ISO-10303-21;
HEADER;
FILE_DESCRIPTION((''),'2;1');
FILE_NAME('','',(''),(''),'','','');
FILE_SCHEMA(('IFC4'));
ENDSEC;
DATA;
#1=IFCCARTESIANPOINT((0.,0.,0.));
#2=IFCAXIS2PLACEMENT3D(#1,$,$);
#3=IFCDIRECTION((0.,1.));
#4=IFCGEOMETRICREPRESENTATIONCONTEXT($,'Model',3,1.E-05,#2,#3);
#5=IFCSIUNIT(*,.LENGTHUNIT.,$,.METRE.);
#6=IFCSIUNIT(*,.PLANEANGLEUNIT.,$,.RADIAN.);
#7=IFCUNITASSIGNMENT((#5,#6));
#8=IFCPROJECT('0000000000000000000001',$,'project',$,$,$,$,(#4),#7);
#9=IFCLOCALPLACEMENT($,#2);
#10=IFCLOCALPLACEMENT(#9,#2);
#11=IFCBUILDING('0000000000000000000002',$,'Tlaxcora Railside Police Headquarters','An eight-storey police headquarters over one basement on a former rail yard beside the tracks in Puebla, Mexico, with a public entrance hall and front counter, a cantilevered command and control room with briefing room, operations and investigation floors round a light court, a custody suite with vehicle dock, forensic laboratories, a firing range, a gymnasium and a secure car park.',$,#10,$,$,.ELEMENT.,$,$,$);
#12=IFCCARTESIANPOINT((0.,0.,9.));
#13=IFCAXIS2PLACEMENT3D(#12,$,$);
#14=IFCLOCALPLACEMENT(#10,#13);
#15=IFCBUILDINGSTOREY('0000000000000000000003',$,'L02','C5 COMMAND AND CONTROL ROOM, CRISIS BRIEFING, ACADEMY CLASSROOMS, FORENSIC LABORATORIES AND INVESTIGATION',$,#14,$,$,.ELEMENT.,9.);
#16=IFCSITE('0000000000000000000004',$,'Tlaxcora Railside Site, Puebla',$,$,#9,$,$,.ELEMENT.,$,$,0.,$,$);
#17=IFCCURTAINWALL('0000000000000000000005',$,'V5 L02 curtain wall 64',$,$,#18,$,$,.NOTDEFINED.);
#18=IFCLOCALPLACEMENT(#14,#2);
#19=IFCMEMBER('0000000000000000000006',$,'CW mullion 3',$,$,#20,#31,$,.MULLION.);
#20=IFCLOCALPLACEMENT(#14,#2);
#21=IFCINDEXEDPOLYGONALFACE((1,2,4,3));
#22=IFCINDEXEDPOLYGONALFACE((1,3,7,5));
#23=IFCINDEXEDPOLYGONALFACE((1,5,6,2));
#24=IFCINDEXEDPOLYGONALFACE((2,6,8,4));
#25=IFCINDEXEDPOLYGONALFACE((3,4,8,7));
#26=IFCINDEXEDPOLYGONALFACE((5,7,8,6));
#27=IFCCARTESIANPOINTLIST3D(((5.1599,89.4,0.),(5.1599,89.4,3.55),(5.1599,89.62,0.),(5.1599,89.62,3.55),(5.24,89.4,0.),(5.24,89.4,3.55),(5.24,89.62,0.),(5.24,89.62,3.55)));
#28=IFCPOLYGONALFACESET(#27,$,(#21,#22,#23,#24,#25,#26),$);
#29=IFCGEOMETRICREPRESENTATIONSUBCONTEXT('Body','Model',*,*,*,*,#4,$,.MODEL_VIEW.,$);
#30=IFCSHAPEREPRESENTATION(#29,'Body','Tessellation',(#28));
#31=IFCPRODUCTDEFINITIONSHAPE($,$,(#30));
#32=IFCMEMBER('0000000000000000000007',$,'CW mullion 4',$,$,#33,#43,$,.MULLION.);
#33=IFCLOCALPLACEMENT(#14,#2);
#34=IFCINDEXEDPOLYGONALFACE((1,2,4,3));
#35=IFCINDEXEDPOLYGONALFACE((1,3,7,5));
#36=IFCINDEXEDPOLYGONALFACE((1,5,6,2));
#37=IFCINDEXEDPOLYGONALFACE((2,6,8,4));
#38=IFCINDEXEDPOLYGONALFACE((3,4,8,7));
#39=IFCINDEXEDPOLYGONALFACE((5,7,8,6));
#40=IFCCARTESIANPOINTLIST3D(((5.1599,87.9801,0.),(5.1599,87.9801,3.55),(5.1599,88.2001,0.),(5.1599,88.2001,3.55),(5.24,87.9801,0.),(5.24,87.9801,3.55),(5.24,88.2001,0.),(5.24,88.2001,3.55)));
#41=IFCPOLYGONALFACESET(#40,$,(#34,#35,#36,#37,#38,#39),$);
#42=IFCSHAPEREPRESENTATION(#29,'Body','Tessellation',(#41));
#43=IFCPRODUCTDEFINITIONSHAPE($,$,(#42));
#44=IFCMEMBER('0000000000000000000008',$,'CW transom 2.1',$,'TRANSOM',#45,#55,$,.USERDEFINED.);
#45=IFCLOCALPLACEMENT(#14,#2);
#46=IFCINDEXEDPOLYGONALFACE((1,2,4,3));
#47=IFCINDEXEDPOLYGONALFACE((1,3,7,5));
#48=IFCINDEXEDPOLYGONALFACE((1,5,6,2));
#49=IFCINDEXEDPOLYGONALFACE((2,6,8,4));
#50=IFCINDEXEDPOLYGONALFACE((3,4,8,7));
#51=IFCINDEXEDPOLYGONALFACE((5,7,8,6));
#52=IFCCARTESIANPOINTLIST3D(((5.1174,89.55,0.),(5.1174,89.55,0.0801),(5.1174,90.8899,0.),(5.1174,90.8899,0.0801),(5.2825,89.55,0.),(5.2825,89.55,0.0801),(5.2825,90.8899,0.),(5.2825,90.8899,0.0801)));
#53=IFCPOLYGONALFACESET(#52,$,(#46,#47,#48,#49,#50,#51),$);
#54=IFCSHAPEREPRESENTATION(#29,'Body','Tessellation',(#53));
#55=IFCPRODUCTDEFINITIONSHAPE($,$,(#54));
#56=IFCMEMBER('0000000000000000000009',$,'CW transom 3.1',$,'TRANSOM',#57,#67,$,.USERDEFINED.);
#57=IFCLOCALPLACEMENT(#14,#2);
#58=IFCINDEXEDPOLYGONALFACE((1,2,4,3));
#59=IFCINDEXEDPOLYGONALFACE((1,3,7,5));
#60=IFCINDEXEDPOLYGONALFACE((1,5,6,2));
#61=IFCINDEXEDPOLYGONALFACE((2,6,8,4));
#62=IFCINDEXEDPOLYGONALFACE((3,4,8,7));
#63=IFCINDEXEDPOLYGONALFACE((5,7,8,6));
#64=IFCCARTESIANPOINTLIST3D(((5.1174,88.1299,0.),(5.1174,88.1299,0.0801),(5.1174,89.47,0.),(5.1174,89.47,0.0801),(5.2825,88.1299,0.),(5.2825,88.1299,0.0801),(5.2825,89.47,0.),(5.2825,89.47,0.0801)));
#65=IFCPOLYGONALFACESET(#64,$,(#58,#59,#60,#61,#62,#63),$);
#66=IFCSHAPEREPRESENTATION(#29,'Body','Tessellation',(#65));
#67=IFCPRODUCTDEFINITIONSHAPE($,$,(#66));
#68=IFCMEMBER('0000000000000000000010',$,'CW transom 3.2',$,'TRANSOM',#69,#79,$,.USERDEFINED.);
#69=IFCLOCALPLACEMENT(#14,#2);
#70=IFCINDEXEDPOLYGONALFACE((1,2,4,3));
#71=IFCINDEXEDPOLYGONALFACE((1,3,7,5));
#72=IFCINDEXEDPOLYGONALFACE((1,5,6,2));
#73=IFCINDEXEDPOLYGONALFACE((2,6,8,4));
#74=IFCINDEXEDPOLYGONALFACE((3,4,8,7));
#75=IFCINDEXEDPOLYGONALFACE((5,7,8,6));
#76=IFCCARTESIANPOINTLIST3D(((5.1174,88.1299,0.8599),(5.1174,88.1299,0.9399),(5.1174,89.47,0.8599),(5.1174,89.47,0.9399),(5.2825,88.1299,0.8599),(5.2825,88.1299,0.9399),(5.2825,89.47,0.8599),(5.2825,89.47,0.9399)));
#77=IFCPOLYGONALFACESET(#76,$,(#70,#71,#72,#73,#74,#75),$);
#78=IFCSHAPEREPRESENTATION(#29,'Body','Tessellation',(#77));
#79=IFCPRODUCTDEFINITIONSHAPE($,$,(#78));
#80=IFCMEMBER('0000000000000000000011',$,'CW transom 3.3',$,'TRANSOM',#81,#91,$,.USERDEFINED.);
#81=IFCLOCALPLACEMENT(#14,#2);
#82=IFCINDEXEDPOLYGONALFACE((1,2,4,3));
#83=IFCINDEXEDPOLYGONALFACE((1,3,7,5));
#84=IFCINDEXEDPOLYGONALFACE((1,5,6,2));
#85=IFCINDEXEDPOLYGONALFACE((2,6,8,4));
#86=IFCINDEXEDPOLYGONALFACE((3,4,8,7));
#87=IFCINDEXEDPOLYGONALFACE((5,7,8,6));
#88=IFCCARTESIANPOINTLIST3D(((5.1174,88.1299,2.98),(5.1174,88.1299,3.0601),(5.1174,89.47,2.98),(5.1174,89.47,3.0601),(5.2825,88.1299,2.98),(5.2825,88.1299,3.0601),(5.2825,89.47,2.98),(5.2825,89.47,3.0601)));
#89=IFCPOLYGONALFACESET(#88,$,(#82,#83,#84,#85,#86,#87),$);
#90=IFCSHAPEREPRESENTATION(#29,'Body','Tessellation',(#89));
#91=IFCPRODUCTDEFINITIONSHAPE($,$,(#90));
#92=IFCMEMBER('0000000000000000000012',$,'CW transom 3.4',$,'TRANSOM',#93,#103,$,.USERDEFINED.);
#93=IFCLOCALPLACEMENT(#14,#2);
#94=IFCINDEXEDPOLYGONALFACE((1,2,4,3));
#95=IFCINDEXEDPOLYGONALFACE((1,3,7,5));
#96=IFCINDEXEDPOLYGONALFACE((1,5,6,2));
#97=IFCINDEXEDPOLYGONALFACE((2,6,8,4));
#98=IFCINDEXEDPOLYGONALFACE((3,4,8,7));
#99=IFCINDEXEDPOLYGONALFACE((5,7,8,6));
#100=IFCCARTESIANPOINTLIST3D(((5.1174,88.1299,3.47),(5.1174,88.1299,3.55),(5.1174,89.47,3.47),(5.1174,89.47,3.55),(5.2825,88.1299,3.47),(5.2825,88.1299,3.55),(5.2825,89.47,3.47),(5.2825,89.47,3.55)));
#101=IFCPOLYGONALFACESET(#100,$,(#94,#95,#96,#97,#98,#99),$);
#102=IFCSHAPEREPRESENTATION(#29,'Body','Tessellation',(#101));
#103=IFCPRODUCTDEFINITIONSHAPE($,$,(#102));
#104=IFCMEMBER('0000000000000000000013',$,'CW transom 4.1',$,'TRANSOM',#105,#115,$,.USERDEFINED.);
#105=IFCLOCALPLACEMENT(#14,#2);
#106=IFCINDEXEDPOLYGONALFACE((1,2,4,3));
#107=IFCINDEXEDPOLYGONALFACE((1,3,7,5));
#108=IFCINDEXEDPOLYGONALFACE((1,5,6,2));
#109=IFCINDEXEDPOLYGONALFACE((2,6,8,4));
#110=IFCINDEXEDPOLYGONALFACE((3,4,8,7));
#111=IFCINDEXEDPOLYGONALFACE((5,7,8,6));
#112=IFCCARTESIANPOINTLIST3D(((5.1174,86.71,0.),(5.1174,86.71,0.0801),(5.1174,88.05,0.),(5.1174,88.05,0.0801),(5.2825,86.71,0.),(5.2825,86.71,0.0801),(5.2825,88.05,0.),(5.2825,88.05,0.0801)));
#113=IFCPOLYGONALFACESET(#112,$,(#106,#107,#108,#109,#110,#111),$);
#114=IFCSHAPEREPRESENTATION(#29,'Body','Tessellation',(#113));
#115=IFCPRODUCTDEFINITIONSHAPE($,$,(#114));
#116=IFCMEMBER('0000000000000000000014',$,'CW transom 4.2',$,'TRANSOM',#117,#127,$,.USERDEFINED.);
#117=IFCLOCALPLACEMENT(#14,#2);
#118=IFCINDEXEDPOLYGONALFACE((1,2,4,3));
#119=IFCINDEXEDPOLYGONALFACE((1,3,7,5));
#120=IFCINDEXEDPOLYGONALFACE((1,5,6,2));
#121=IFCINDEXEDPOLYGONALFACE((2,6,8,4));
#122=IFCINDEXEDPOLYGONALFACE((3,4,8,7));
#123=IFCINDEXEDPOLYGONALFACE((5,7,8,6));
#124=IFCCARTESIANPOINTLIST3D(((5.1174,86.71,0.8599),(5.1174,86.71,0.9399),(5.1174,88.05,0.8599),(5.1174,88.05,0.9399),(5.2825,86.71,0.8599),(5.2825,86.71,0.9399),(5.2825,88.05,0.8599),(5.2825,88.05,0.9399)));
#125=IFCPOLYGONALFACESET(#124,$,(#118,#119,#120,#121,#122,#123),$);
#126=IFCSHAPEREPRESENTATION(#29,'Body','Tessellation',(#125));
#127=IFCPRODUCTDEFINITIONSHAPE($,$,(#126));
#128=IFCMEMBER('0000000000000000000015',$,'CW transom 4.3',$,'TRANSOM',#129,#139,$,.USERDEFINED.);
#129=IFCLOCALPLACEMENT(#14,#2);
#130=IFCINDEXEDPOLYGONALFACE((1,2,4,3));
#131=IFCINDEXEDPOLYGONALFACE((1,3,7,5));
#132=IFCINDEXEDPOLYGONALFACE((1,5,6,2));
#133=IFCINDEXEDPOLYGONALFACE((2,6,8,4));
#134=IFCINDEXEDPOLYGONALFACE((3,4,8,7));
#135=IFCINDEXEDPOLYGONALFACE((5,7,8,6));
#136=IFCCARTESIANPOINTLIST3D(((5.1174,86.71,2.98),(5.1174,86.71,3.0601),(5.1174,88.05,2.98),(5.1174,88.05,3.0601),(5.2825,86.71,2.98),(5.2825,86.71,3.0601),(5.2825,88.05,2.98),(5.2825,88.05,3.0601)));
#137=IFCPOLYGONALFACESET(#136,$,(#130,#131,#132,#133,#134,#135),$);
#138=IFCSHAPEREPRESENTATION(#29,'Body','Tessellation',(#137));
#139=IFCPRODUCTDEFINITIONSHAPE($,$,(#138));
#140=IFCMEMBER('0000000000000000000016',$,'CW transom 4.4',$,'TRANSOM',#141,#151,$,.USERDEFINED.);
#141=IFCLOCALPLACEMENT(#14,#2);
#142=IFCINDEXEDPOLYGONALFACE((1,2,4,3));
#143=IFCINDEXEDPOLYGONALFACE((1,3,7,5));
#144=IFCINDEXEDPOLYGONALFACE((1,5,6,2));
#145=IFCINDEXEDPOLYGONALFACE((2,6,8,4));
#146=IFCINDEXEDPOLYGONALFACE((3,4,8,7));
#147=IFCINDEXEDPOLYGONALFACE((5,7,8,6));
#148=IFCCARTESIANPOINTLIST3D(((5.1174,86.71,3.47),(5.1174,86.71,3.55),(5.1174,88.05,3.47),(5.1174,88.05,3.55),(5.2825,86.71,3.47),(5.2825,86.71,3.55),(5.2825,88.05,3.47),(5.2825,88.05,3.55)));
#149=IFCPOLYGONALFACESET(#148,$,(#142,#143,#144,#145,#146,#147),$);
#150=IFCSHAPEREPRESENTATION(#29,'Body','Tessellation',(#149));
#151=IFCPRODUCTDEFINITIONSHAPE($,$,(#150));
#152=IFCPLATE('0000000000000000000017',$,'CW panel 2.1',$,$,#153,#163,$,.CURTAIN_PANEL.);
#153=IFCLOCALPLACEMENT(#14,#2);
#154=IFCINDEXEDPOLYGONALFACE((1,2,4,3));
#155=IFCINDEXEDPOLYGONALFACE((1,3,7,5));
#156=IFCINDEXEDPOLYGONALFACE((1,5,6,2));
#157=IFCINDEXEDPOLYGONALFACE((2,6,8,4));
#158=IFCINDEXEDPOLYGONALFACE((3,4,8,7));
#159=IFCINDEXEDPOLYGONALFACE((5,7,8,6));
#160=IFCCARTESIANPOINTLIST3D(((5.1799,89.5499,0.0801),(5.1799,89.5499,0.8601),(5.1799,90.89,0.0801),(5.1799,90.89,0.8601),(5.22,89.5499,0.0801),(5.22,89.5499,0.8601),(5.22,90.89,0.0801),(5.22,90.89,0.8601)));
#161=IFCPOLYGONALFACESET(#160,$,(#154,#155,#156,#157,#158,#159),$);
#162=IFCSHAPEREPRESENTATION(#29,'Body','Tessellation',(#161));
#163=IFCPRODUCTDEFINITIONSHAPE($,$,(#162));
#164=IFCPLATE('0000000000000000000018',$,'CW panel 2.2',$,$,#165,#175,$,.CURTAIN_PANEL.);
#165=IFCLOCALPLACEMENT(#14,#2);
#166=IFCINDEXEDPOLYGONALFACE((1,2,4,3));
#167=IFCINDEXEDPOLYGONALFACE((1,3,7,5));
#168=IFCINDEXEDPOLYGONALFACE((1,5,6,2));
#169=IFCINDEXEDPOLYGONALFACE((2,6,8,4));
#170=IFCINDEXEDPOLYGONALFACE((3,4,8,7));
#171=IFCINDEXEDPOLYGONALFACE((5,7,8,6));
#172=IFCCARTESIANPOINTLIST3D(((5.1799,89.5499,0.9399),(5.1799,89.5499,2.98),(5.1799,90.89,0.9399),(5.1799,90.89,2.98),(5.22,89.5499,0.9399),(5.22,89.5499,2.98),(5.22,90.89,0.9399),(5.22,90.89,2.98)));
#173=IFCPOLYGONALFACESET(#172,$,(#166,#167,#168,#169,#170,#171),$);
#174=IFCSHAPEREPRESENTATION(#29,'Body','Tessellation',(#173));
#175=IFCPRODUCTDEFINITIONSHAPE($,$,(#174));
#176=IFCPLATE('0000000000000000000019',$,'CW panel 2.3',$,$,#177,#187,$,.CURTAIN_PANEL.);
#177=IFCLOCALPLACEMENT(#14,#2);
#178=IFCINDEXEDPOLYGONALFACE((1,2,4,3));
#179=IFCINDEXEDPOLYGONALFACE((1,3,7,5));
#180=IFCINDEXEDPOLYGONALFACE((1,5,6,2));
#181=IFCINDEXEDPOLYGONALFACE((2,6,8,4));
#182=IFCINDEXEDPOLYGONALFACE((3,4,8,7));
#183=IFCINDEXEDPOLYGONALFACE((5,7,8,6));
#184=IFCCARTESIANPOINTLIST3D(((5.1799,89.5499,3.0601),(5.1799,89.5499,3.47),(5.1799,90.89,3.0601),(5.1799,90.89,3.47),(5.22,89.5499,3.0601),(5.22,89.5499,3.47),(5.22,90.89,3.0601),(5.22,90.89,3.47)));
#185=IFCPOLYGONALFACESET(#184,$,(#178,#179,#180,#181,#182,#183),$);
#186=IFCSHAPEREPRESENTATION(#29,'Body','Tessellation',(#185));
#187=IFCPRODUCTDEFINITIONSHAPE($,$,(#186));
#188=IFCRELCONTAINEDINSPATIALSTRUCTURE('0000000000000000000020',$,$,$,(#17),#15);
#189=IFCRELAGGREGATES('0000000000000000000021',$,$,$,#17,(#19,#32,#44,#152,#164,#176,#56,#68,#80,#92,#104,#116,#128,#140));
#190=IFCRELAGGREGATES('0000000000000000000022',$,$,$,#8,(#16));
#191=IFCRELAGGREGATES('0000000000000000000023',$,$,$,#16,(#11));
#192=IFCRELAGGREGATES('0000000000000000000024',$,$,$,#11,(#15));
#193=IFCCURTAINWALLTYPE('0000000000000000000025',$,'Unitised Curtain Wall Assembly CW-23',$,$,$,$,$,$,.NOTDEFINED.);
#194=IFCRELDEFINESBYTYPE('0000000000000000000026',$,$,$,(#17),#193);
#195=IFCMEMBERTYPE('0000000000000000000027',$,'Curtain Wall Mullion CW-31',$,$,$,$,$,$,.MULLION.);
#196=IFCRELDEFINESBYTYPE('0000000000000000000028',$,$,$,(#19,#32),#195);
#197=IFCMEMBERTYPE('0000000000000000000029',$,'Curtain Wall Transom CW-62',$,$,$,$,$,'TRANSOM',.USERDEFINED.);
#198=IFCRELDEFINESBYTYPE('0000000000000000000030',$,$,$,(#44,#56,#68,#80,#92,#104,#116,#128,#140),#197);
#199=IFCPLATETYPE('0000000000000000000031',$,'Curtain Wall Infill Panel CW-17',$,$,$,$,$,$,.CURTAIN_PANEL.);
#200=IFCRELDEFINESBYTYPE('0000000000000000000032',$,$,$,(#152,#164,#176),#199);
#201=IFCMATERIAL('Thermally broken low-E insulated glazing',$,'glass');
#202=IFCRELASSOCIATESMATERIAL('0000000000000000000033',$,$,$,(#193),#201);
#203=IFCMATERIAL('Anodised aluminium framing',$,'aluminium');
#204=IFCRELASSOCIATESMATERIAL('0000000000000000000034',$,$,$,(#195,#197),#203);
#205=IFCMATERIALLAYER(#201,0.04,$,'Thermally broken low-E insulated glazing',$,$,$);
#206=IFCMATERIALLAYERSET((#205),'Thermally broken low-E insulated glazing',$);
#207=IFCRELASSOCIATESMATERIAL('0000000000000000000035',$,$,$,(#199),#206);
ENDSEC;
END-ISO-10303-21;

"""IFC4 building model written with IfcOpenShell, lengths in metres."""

from ifc_helpers import new_model, si_unit, direction, frame, origin, origin_2d, place, context, subcontext, project, spatial, rectangle, extrude, material, layer, layer_set, material_profile, profile_set, type_object, element, aggregate, save


model = new_model("IFC4")

# Units and contexts
model_context = context("Model", 3, precision=1e-05, world=origin(), true_north=direction((0.0, 1.0)))
body_context = subcontext(model_context, "Body", "Model", "MODEL_VIEW")
ifc_project = project(units=[si_unit("LENGTHUNIT", "METRE"), si_unit("PLANEANGLEUNIT", "RADIAN")], contexts=[model_context])

# Site, building, storey
site_placement = place(None, origin())
site = spatial("IfcSite", under=ifc_project, at=site_placement, Name="Tlaxcora Railside Site, Puebla", CompositionType="ELEMENT", RefElevation=0.0)
building_placement = place(site_placement, origin())
building = spatial("IfcBuilding", under=site, at=building_placement, Name="Tlaxcora Railside Police Headquarters", Description="An eight-storey police headquarters over one basement on a former rail yard beside the tracks in Puebla, Mexico, with a public entrance hall and front counter, a cantilevered command and control room with briefing room, operations and investigation floors round a light court, a custody suite with vehicle dock, forensic laboratories, a firing range, a gymnasium and a secure car park.", CompositionType="ELEMENT")
storey_placement = place(building_placement, frame((0.0, 0.0, 9.0)))
storey = spatial("IfcBuildingStorey", under=building, at=storey_placement, Name="L02", Description="C5 COMMAND AND CONTROL ROOM, CRISIS BRIEFING, ACADEMY CLASSROOMS, FORENSIC LABORATORIES AND INVESTIGATION", CompositionType="ELEMENT", Elevation=9.0)

# Curtain wall, members, plates
ifc_material_1 = material(Name="Thermally broken low-E insulated glazing", Category="glass")
curtain_wall_type = type_object("IfcCurtainWallType", Name="Unitised Curtain Wall Assembly CW-23", PredefinedType="NOTDEFINED", material=ifc_material_1)
curtain_wall_placement = place(storey_placement, origin())
curtain_wall = element("IfcCurtainWall", 1, at=curtain_wall_placement, inside=storey, type_object=curtain_wall_type, Name="V5 L02 curtain wall 64", PredefinedType="NOTDEFINED")
ifc_material_2 = material(Name="Anodised aluminium framing", Category="aluminium")
ifc_material_profile_1 = material_profile(ifc_material_2, rectangle(XDim=0.0801, YDim=0.22, at=origin_2d()), Name="AL80X220")
ifc_profile_set_1 = profile_set([ifc_material_profile_1], Name="Anodised aluminium framing")
member_type_1 = type_object("IfcMemberType", Name="Curtain Wall Mullion CW-31", PredefinedType="MULLION", material=ifc_profile_set_1)
member_1_placement = place(storey_placement, frame((5.2, 89.51, 0.0), z_axis=(0.0, 0.0, 1.0), x_axis=(1.0, 0.0, 0.0)))
member_1 = element("IfcMember", 2, at=member_1_placement, type_object=member_type_1, Name="CW mullion 3", PredefinedType="MULLION", context=body_context, shape_type="SweptSolid", body=[
    extrude(rectangle(XDim=0.0801, YDim=0.22, at=origin_2d()), origin(), (0.0, 0.0, 1.0), 3.55),
])
member_2_placement = place(storey_placement, frame((5.2, 88.0901, 0.0), z_axis=(0.0, 0.0, 1.0), x_axis=(1.0, 0.0, 0.0)))
member_2 = element("IfcMember", 3, at=member_2_placement, type_object=member_type_1, Name="CW mullion 4", PredefinedType="MULLION", context=body_context, shape_type="SweptSolid", body=[
    extrude(rectangle(XDim=0.0801, YDim=0.22, at=origin_2d()), origin(), (0.0, 0.0, 1.0), 3.55),
])
ifc_material_profile_2 = material_profile(ifc_material_2, rectangle(XDim=0.165, YDim=0.0801, at=origin_2d()), Name="AL80X165")
ifc_profile_set_2 = profile_set([ifc_material_profile_2], Name="Anodised aluminium framing")
member_type_2 = type_object("IfcMemberType", Name="Curtain Wall Transom CW-62", ElementType="TRANSOM", PredefinedType="USERDEFINED", material=ifc_profile_set_2)
member_3_placement = place(storey_placement, frame((5.2, 90.8899, 0.04), z_axis=(0.0, -1.0, 0.0), x_axis=(1.0, 0.0, 0.0)))
member_3 = element("IfcMember", 4, at=member_3_placement, type_object=member_type_2, Name="CW transom 2.1", ObjectType="TRANSOM", PredefinedType="USERDEFINED", context=body_context, shape_type="SweptSolid", body=[
    extrude(rectangle(XDim=0.165, YDim=0.0801, at=origin_2d()), origin(), (0.0, 0.0, 1.0), 1.3398),
])
member_4_placement = place(storey_placement, frame((5.2, 89.47, 0.04), z_axis=(0.0, -1.0, 0.0), x_axis=(1.0, 0.0, 0.0)))
member_4 = element("IfcMember", 5, at=member_4_placement, type_object=member_type_2, Name="CW transom 3.1", ObjectType="TRANSOM", PredefinedType="USERDEFINED", context=body_context, shape_type="SweptSolid", body=[
    extrude(rectangle(XDim=0.165, YDim=0.0801, at=origin_2d()), origin(), (0.0, 0.0, 1.0), 1.3401),
])
member_5_placement = place(storey_placement, frame((5.2, 89.47, 0.8999), z_axis=(0.0, -1.0, 0.0), x_axis=(1.0, 0.0, 0.0)))
member_5 = element("IfcMember", 6, at=member_5_placement, type_object=member_type_2, Name="CW transom 3.2", ObjectType="TRANSOM", PredefinedType="USERDEFINED", context=body_context, shape_type="SweptSolid", body=[
    extrude(rectangle(XDim=0.165, YDim=0.0801, at=origin_2d()), origin(), (0.0, 0.0, 1.0), 1.3401),
])
member_6_placement = place(storey_placement, frame((5.2, 89.47, 3.02), z_axis=(0.0, -1.0, 0.0), x_axis=(1.0, 0.0, 0.0)))
member_6 = element("IfcMember", 7, at=member_6_placement, type_object=member_type_2, Name="CW transom 3.3", ObjectType="TRANSOM", PredefinedType="USERDEFINED", context=body_context, shape_type="SweptSolid", body=[
    extrude(rectangle(XDim=0.165, YDim=0.0801, at=origin_2d()), origin(), (0.0, 0.0, 1.0), 1.3401),
])
member_7_placement = place(storey_placement, frame((5.2, 89.47, 3.51), z_axis=(0.0, -1.0, 0.0), x_axis=(1.0, 0.0, 0.0)))
member_7 = element("IfcMember", 8, at=member_7_placement, type_object=member_type_2, Name="CW transom 3.4", ObjectType="TRANSOM", PredefinedType="USERDEFINED", context=body_context, shape_type="SweptSolid", body=[
    extrude(rectangle(XDim=0.165, YDim=0.0801, at=origin_2d()), origin(), (0.0, 0.0, 1.0), 1.3401),
])
member_8_placement = place(storey_placement, frame((5.2, 88.05, 0.04), z_axis=(0.0, -1.0, 0.0), x_axis=(1.0, 0.0, 0.0)))
member_8 = element("IfcMember", 9, at=member_8_placement, type_object=member_type_2, Name="CW transom 4.1", ObjectType="TRANSOM", PredefinedType="USERDEFINED", context=body_context, shape_type="SweptSolid", body=[
    extrude(rectangle(XDim=0.165, YDim=0.0801, at=origin_2d()), origin(), (0.0, 0.0, 1.0), 1.3401),
])
member_9_placement = place(storey_placement, frame((5.2, 88.05, 0.8999), z_axis=(0.0, -1.0, 0.0), x_axis=(1.0, 0.0, 0.0)))
member_9 = element("IfcMember", 10, at=member_9_placement, type_object=member_type_2, Name="CW transom 4.2", ObjectType="TRANSOM", PredefinedType="USERDEFINED", context=body_context, shape_type="SweptSolid", body=[
    extrude(rectangle(XDim=0.165, YDim=0.0801, at=origin_2d()), origin(), (0.0, 0.0, 1.0), 1.3401),
])
member_10_placement = place(storey_placement, frame((5.2, 88.05, 3.02), z_axis=(0.0, -1.0, 0.0), x_axis=(1.0, 0.0, 0.0)))
member_10 = element("IfcMember", 11, at=member_10_placement, type_object=member_type_2, Name="CW transom 4.3", ObjectType="TRANSOM", PredefinedType="USERDEFINED", context=body_context, shape_type="SweptSolid", body=[
    extrude(rectangle(XDim=0.165, YDim=0.0801, at=origin_2d()), origin(), (0.0, 0.0, 1.0), 1.3401),
])
member_11_placement = place(storey_placement, frame((5.2, 88.05, 3.51), z_axis=(0.0, -1.0, 0.0), x_axis=(1.0, 0.0, 0.0)))
member_11 = element("IfcMember", 12, at=member_11_placement, type_object=member_type_2, Name="CW transom 4.4", ObjectType="TRANSOM", PredefinedType="USERDEFINED", context=body_context, shape_type="SweptSolid", body=[
    extrude(rectangle(XDim=0.165, YDim=0.0801, at=origin_2d()), origin(), (0.0, 0.0, 1.0), 1.3401),
])
ifc_layer_1 = layer(ifc_material_1, 0.04, Name="Thermally broken low-E insulated glazing")
ifc_layer_set_1 = layer_set([ifc_layer_1], Name="Thermally broken low-E insulated glazing")
plate_type = type_object("IfcPlateType", Name="Curtain Wall Infill Panel CW-17", PredefinedType="CURTAIN_PANEL", material=ifc_layer_set_1)
plate_1_placement = place(storey_placement, frame((5.2, 90.22, 0.0801), z_axis=(0.0, 0.0, 1.0), x_axis=(0.0, -1.0, 0.0)))
plate_1 = element("IfcPlate", 13, at=plate_1_placement, type_object=plate_type, Name="CW panel 2.1", PredefinedType="CURTAIN_PANEL", context=body_context, shape_type="SweptSolid", body=[
    extrude(rectangle(XDim=1.3401, YDim=0.04, at=origin_2d()), origin(), (0.0, 0.0, 1.0), 0.78),
])
plate_2_placement = place(storey_placement, frame((5.2, 90.22, 0.9399), z_axis=(0.0, 0.0, 1.0), x_axis=(0.0, -1.0, 0.0)))
plate_2 = element("IfcPlate", 14, at=plate_2_placement, type_object=plate_type, Name="CW panel 2.2", PredefinedType="CURTAIN_PANEL", context=body_context, shape_type="SweptSolid", body=[
    extrude(rectangle(XDim=1.3401, YDim=0.04, at=origin_2d()), origin(), (0.0, 0.0, 1.0), 2.04),
])
plate_3_placement = place(storey_placement, frame((5.2, 90.22, 3.0601), z_axis=(0.0, 0.0, 1.0), x_axis=(0.0, -1.0, 0.0)))
plate_3 = element("IfcPlate", 15, at=plate_3_placement, type_object=plate_type, Name="CW panel 2.3", PredefinedType="CURTAIN_PANEL", context=body_context, shape_type="SweptSolid", body=[
    extrude(rectangle(XDim=1.3401, YDim=0.04, at=origin_2d()), origin(), (0.0, 0.0, 1.0), 0.4099),
])
aggregate(curtain_wall, [member_1, member_2, member_3, plate_1, plate_2, plate_3, member_4, member_5, member_6, member_7, member_8, member_9, member_10, member_11])

save(model, "model.ifc")
